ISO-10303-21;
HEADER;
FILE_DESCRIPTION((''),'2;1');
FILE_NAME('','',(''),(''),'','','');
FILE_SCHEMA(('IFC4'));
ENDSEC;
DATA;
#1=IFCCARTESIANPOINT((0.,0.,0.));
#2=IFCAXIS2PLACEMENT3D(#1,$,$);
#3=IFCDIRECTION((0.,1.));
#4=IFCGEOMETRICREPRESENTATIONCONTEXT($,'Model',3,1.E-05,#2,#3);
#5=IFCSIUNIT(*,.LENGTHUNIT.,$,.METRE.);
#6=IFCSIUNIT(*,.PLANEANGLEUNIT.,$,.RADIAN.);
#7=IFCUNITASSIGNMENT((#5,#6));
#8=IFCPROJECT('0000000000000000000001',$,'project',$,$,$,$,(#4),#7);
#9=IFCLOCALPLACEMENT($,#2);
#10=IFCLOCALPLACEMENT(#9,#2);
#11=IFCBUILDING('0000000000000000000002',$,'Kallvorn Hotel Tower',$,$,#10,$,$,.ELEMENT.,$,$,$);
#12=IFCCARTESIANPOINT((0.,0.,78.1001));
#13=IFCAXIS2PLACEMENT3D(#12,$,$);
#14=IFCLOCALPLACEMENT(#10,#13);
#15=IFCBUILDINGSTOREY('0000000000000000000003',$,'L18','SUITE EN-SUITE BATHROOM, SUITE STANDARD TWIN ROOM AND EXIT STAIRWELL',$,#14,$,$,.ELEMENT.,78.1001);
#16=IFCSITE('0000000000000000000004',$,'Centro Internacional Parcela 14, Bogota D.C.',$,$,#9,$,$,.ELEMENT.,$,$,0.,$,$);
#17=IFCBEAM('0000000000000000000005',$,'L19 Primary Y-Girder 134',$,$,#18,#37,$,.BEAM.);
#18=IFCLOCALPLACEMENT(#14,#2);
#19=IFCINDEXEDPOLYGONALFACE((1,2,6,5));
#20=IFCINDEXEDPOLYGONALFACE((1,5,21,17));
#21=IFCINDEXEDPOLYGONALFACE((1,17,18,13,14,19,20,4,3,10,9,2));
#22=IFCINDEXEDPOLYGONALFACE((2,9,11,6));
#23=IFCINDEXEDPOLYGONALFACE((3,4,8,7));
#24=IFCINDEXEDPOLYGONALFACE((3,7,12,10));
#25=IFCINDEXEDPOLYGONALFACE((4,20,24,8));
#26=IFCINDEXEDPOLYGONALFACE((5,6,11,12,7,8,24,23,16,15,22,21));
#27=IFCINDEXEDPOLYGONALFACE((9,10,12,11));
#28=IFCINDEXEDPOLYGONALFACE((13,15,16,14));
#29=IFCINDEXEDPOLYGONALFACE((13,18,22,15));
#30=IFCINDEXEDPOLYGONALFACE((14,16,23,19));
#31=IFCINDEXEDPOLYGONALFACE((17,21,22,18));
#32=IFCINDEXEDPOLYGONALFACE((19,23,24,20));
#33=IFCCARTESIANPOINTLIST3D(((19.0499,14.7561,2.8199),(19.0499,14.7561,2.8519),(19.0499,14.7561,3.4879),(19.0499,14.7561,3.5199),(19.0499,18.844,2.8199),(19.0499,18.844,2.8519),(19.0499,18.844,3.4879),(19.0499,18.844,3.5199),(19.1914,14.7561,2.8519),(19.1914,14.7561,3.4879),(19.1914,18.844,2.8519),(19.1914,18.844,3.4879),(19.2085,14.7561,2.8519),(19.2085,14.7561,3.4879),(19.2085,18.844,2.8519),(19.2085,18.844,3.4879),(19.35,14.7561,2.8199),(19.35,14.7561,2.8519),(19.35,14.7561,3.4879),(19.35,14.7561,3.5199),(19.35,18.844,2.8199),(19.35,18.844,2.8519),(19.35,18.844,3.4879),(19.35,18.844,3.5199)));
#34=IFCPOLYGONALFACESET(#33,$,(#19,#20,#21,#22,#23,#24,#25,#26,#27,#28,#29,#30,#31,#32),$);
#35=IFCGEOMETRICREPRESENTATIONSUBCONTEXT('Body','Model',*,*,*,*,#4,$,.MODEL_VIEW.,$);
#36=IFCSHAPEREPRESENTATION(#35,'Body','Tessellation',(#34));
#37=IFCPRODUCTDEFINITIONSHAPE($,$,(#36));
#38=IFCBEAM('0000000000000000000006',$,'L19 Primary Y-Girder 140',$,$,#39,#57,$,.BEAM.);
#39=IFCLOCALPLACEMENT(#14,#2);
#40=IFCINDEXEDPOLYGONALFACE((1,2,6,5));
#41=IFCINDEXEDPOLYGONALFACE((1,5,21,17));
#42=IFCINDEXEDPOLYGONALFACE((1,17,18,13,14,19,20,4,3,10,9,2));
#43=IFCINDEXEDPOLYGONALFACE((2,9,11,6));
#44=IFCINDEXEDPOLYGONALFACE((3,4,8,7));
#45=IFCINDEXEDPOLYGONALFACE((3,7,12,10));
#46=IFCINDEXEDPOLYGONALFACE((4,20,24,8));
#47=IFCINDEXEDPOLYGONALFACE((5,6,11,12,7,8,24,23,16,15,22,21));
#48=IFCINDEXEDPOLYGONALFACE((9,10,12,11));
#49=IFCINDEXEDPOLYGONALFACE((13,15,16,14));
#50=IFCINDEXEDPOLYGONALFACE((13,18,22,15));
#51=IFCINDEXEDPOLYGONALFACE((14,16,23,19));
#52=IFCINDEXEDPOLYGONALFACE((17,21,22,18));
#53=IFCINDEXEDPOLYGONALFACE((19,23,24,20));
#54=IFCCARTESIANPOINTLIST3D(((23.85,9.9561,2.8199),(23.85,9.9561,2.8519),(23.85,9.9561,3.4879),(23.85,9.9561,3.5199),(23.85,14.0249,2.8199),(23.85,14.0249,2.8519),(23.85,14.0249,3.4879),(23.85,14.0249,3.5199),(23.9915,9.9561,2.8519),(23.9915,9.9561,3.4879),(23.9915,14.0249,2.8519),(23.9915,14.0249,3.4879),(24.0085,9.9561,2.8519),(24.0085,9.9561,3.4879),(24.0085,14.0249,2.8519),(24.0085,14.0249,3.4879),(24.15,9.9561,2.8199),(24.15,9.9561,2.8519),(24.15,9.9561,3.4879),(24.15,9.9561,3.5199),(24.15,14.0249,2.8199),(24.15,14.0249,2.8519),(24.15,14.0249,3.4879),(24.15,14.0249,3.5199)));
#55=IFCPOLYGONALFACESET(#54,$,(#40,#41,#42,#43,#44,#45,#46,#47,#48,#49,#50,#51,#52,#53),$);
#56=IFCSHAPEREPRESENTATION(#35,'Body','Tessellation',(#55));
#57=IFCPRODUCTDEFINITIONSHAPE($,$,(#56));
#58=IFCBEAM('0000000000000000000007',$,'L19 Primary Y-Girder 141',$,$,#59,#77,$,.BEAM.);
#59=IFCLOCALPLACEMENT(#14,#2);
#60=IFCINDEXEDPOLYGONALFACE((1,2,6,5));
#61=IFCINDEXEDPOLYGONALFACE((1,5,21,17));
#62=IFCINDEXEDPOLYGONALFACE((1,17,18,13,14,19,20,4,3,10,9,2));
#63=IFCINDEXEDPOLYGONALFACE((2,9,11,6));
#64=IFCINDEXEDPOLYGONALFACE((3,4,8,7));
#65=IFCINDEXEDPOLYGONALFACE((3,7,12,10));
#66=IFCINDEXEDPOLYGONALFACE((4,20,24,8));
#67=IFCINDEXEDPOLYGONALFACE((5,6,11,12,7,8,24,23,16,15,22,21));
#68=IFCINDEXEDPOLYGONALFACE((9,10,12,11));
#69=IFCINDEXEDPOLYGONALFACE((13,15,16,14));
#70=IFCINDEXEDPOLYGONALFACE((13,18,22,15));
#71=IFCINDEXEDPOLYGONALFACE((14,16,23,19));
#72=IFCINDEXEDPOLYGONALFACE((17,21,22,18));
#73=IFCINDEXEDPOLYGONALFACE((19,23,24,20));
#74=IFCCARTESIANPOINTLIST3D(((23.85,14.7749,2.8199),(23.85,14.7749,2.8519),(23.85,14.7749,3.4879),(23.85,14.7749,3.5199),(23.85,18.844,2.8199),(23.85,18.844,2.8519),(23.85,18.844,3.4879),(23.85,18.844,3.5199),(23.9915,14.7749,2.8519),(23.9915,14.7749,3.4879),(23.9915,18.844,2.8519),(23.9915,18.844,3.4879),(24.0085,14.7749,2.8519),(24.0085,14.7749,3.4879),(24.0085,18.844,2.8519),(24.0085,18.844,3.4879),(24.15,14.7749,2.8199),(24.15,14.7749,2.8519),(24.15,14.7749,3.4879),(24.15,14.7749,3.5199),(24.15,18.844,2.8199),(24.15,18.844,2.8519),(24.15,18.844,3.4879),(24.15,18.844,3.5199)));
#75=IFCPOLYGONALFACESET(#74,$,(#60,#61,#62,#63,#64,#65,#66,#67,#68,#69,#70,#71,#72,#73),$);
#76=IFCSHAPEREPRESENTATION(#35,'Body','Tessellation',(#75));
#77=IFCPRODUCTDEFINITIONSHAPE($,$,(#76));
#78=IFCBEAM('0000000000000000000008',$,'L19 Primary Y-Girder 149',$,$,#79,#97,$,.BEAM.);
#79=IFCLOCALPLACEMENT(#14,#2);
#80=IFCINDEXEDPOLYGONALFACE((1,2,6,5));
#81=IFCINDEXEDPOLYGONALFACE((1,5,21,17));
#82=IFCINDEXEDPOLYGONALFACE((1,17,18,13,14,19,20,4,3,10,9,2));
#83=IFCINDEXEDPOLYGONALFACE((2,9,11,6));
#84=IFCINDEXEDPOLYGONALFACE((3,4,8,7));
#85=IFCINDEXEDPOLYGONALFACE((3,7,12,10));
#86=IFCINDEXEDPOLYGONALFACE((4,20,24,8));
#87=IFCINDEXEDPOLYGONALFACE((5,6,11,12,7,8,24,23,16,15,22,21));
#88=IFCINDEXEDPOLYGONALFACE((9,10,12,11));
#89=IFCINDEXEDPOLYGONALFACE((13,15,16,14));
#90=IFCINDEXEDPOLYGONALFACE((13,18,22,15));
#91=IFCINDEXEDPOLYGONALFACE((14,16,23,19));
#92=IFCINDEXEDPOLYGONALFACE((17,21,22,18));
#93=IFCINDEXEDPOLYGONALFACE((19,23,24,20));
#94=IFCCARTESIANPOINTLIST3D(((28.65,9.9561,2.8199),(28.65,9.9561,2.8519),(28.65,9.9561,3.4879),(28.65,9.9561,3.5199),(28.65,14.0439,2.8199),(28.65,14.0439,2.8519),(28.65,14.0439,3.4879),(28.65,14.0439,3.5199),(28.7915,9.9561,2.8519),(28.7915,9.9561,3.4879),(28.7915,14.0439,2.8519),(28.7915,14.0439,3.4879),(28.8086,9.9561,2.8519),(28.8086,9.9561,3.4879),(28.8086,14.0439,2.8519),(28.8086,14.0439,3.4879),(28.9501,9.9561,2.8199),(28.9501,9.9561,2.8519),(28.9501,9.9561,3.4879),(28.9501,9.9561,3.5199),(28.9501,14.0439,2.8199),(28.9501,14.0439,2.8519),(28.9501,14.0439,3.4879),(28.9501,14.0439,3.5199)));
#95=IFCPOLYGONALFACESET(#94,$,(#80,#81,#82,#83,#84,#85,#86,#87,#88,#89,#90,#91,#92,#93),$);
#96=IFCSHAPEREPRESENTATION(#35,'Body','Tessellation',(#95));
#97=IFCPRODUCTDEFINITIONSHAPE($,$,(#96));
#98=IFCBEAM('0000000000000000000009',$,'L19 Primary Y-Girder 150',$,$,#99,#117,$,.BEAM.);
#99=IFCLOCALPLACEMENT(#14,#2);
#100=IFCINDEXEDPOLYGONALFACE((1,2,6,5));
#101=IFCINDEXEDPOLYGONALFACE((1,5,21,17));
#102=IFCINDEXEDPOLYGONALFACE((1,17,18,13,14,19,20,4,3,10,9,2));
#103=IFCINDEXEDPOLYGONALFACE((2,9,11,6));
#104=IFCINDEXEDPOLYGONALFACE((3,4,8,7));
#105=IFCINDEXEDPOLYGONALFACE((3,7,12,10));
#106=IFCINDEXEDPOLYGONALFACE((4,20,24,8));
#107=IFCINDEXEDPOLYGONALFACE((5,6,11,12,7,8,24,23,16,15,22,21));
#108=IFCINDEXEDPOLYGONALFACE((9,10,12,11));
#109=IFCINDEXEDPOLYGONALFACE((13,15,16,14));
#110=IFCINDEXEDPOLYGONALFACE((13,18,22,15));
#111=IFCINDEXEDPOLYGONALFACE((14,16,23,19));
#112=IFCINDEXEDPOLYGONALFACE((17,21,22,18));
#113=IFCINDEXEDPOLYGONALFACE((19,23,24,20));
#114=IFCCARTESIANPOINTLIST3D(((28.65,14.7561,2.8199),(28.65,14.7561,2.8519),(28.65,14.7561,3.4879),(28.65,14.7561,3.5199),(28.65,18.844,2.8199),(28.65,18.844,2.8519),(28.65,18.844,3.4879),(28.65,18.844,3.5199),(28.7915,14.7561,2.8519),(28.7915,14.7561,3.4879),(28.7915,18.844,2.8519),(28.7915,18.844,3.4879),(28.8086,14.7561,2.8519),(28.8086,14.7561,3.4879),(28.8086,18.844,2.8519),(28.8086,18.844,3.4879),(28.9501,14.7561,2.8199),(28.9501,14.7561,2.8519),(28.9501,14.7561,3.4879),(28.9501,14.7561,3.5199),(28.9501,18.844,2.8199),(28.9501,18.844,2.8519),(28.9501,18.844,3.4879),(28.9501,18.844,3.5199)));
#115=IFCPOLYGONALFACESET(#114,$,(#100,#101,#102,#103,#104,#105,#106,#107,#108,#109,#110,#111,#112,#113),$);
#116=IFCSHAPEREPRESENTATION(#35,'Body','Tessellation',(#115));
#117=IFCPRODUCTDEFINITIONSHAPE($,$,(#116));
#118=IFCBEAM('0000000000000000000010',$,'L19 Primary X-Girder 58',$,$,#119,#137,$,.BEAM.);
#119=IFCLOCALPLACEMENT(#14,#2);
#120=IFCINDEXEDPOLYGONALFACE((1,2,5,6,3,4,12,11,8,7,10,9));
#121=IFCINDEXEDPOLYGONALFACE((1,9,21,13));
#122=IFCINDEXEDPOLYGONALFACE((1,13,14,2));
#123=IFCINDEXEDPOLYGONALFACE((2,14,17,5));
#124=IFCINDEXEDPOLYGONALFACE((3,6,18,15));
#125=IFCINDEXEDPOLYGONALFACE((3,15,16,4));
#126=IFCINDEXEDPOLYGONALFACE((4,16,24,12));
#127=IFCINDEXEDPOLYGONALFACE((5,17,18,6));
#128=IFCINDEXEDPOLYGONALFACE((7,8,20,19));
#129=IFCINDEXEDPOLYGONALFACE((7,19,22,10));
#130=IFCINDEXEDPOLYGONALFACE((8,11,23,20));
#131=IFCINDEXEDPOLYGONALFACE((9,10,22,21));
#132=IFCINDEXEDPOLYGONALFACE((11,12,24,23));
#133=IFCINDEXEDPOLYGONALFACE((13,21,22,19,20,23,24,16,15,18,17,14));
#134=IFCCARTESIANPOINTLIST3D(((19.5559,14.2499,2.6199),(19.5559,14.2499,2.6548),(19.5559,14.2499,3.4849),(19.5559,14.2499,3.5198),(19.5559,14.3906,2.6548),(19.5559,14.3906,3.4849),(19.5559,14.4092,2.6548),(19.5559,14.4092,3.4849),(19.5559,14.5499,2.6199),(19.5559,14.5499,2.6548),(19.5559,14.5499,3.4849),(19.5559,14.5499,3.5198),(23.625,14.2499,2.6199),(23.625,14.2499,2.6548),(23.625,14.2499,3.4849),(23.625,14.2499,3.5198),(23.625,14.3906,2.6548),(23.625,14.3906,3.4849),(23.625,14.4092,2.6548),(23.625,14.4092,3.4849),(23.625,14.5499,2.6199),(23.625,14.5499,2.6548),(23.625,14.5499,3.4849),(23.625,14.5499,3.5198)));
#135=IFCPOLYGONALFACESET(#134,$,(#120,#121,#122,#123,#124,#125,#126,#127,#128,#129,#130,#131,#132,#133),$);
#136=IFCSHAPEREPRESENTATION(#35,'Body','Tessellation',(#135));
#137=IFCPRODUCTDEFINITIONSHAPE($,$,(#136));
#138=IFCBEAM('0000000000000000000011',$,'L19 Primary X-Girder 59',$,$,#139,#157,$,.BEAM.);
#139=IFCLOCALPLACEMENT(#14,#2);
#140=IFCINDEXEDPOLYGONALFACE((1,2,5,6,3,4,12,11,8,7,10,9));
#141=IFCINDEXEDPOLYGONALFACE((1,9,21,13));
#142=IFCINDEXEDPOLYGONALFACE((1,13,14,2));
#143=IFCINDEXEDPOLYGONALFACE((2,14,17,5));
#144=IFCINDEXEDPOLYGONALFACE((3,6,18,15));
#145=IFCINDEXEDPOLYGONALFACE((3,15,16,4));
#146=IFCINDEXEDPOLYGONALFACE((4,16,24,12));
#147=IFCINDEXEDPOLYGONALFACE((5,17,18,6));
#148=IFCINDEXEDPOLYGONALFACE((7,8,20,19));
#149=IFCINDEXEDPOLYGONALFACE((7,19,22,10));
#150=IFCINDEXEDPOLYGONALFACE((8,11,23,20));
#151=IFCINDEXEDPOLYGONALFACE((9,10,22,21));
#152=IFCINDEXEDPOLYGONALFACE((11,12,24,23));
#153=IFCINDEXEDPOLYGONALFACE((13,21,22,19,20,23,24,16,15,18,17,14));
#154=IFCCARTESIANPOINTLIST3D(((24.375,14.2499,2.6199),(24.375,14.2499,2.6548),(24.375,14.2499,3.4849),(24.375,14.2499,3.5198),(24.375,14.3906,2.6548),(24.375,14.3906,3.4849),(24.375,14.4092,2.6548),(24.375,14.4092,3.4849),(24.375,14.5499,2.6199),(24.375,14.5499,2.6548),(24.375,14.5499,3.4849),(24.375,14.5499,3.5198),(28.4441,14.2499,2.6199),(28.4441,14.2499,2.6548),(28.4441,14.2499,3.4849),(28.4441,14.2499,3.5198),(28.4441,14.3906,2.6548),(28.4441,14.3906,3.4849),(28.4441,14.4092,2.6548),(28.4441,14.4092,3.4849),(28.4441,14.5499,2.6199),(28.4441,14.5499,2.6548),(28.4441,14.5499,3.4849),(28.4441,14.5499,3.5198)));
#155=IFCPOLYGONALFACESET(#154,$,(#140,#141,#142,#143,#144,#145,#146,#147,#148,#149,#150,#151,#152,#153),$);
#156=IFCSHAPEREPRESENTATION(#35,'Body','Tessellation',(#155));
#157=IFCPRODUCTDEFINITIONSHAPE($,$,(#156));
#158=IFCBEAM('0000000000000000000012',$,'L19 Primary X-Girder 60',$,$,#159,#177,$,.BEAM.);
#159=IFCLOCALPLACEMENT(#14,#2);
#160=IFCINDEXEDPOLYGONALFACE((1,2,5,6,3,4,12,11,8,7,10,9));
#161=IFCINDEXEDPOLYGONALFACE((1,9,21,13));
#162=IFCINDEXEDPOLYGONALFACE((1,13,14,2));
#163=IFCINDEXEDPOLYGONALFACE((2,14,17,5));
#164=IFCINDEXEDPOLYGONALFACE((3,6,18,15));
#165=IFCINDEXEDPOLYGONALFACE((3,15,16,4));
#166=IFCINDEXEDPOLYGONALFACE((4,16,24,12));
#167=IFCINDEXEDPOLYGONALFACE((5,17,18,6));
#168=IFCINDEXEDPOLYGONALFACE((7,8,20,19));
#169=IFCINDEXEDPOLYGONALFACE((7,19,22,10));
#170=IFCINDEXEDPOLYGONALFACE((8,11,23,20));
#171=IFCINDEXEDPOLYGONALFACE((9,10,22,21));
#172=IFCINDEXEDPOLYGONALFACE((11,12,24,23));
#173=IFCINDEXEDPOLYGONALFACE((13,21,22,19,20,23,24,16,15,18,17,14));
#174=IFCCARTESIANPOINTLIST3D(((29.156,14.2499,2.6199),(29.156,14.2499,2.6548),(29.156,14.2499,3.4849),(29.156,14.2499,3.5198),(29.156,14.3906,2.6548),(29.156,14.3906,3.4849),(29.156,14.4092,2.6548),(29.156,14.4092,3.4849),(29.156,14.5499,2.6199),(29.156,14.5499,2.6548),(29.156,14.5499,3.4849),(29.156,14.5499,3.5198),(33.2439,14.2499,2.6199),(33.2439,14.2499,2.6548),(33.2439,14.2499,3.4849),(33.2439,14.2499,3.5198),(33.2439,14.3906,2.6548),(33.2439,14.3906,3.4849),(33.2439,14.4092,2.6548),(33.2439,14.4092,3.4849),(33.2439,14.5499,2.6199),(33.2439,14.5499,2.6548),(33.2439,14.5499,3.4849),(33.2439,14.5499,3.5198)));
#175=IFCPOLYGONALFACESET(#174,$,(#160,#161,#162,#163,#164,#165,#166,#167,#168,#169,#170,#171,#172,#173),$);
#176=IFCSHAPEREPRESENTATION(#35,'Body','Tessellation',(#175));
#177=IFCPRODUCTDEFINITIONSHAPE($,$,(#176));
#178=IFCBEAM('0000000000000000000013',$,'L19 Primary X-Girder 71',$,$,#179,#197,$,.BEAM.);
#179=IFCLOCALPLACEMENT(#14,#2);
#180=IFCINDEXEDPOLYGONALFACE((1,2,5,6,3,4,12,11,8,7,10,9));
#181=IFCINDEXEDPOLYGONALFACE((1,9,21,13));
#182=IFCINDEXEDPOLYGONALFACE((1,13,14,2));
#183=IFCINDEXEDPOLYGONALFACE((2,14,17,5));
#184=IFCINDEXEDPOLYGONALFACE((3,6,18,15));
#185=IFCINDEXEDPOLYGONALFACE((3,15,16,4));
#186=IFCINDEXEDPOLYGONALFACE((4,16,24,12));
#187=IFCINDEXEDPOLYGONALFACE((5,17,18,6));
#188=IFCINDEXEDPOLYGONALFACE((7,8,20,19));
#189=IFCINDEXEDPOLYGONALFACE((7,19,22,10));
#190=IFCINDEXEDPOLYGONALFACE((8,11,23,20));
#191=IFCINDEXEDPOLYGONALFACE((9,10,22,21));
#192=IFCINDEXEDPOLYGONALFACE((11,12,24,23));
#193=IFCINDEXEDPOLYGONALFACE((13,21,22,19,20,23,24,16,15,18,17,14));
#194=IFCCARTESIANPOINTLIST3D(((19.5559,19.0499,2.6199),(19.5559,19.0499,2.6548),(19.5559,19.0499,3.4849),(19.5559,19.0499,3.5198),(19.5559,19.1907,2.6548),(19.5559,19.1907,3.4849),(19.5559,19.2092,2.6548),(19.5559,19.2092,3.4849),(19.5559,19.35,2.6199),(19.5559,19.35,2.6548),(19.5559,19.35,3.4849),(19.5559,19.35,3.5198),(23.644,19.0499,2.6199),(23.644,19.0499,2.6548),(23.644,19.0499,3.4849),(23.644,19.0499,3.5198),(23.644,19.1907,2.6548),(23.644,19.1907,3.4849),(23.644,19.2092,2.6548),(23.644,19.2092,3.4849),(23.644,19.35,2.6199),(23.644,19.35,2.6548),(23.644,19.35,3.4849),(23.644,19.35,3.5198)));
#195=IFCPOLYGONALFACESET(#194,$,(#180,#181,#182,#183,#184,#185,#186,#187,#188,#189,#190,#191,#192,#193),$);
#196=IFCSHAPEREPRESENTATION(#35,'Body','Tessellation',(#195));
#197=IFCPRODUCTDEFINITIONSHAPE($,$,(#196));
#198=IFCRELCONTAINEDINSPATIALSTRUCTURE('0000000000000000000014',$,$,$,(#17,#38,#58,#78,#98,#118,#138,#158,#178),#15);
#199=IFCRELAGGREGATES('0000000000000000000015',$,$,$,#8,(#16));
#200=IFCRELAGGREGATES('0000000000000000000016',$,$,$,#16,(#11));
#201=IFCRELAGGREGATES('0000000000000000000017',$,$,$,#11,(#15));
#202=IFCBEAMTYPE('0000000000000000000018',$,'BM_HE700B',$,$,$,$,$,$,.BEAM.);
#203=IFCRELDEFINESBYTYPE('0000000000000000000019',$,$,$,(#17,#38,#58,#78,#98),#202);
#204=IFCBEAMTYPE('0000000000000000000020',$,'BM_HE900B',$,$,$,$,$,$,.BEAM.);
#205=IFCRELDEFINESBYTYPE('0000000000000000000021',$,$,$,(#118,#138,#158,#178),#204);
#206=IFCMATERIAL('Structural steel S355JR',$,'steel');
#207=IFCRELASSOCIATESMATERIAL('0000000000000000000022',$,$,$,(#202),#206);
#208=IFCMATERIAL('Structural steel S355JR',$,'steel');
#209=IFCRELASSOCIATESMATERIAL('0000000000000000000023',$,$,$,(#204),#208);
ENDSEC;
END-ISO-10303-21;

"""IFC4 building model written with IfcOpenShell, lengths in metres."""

from ifc_helpers import new_model, si_unit, direction, frame, origin, origin_2d, place, context, subcontext, project, spatial, i_section, extrude, material, material_profile, profile_set, type_object, element, save


model = new_model("IFC4")

# Units and contexts
model_context = context("Model", 3, precision=1e-05, world=origin(), true_north=direction((0.0, 1.0)))
body_context = subcontext(model_context, "Body", "Model", "MODEL_VIEW")
ifc_project = project(units=[si_unit("LENGTHUNIT", "METRE"), si_unit("PLANEANGLEUNIT", "RADIAN")], contexts=[model_context])

# Site, building, storey
site_placement = place(None, origin())
site = spatial("IfcSite", under=ifc_project, at=site_placement, Name="Centro Internacional Parcela 14, Bogota D.C.", CompositionType="ELEMENT", RefElevation=0.0)
building_placement = place(site_placement, origin())
building = spatial("IfcBuilding", under=site, at=building_placement, Name="Kallvorn Hotel Tower", CompositionType="ELEMENT")
storey_placement = place(building_placement, frame((0.0, 0.0, 78.1001)))
storey = spatial("IfcBuildingStorey", under=building, at=storey_placement, Name="L18", Description="SUITE EN-SUITE BATHROOM, SUITE STANDARD TWIN ROOM AND EXIT STAIRWELL", CompositionType="ELEMENT", Elevation=78.1001)

# Beams
ifc_material_1 = material(Name="Structural steel S355JR", Category="steel")
ifc_material_profile_1 = material_profile(ifc_material_1, i_section(OverallWidth=0.3, OverallDepth=0.7, WebThickness=0.0171, FlangeThickness=0.032, at=origin_2d()), Name="HE 700 B")
ifc_profile_set_1 = profile_set([ifc_material_profile_1], Name="Structural steel S355JR")
beam_type_1 = type_object("IfcBeamType", Name="BM_HE700B", PredefinedType="BEAM", material=ifc_profile_set_1)
beam_1_placement = place(storey_placement, frame((19.2, 14.7561, 3.1699), z_axis=(0.0, 1.0, 0.0), x_axis=(-1.0, 0.0, 0.0)))
element("IfcBeam", 1, at=beam_1_placement, inside=storey, type_object=beam_type_1, Name="L19 Primary Y-Girder 134", PredefinedType="BEAM", context=body_context, shape_type="SweptSolid", body=[
    extrude(i_section(OverallWidth=0.3, OverallDepth=0.7, WebThickness=0.0171, FlangeThickness=0.032, at=origin_2d()), origin(), (0.0, 0.0, 1.0), 4.0879),
])
beam_2_placement = place(storey_placement, frame((24.0, 9.9561, 3.1699), z_axis=(0.0, 1.0, 0.0), x_axis=(-1.0, 0.0, 0.0)))
element("IfcBeam", 2, at=beam_2_placement, inside=storey, type_object=beam_type_1, Name="L19 Primary Y-Girder 140", PredefinedType="BEAM", context=body_context, shape_type="SweptSolid", body=[
    extrude(i_section(OverallWidth=0.3, OverallDepth=0.7, WebThickness=0.0171, FlangeThickness=0.032, at=origin_2d()), origin(), (0.0, 0.0, 1.0), 4.0688),
])
beam_3_placement = place(storey_placement, frame((24.0, 14.7749, 3.1699), z_axis=(0.0, 1.0, 0.0), x_axis=(-1.0, 0.0, 0.0)))
element("IfcBeam", 3, at=beam_3_placement, inside=storey, type_object=beam_type_1, Name="L19 Primary Y-Girder 141", PredefinedType="BEAM", context=body_context, shape_type="SweptSolid", body=[
    extrude(i_section(OverallWidth=0.3, OverallDepth=0.7, WebThickness=0.0171, FlangeThickness=0.032, at=origin_2d()), origin(), (0.0, 0.0, 1.0), 4.0691),
])
for number, where, z_axis, x_axis, name in (
    (4, (28.8, 9.9561, 3.1699), (0.0, 1.0, 0.0), (-1.0, 0.0, 0.0), "L19 Primary Y-Girder 149"),
    (5, (28.8, 14.7561, 3.1699), (0.0, 1.0, 0.0), (-1.0, 0.0, 0.0), "L19 Primary Y-Girder 150"),
):
    element("IfcBeam", number, at=place(storey_placement, frame(where, z_axis=z_axis, x_axis=x_axis)), inside=storey, type_object=beam_type_1, Name=name, PredefinedType="BEAM", context=body_context, shape_type="SweptSolid", body=[
        extrude(i_section(OverallWidth=0.3, OverallDepth=0.7, WebThickness=0.0171, FlangeThickness=0.032, at=origin_2d()), origin(), (0.0, 0.0, 1.0), 4.0879),
    ])
ifc_material_2 = material(Name="Structural steel S355JR", Category="steel")
ifc_material_profile_2 = material_profile(ifc_material_2, i_section(OverallWidth=0.3, OverallDepth=0.8999, WebThickness=0.0186, FlangeThickness=0.0349, at=origin_2d()), Name="HE 900 B")
ifc_profile_set_2 = profile_set([ifc_material_profile_2], Name="Structural steel S355JR")
beam_type_2 = type_object("IfcBeamType", Name="BM_HE900B", PredefinedType="BEAM", material=ifc_profile_set_2)
for number, where, z_axis, x_axis, name in (
    (6, (19.5559, 14.3999, 3.0698), (1.0, 0.0, 0.0), (0.0, 1.0, 0.0), "L19 Primary X-Girder 58"),
    (7, (24.375, 14.3999, 3.0698), (1.0, 0.0, 0.0), (0.0, 1.0, 0.0), "L19 Primary X-Girder 59"),
):
    element("IfcBeam", number, at=place(storey_placement, frame(where, z_axis=z_axis, x_axis=x_axis)), inside=storey, type_object=beam_type_2, Name=name, PredefinedType="BEAM", context=body_context, shape_type="SweptSolid", body=[
        extrude(i_section(OverallWidth=0.3, OverallDepth=0.8999, WebThickness=0.0186, FlangeThickness=0.0349, at=origin_2d()), origin(), (0.0, 0.0, 1.0), 4.0691),
    ])
beam_4_placement = place(storey_placement, frame((29.156, 14.3999, 3.0698), z_axis=(1.0, 0.0, 0.0), x_axis=(0.0, 1.0, 0.0)))
element("IfcBeam", 8, at=beam_4_placement, inside=storey, type_object=beam_type_2, Name="L19 Primary X-Girder 60", PredefinedType="BEAM", context=body_context, shape_type="SweptSolid", body=[
    extrude(i_section(OverallWidth=0.3, OverallDepth=0.8999, WebThickness=0.0186, FlangeThickness=0.0349, at=origin_2d()), origin(), (0.0, 0.0, 1.0), 4.0879),
])
for number, where, z_axis, x_axis, name in (
    (9, (19.5559, 19.2, 3.0698), (1.0, 0.0, 0.0), (0.0, 1.0, 0.0), "L19 Primary X-Girder 71"),
):
    element("IfcBeam", number, at=place(storey_placement, frame(where, z_axis=z_axis, x_axis=x_axis)), inside=storey, type_object=beam_type_2, Name=name, PredefinedType="BEAM", context=body_context, shape_type="SweptSolid", body=[
        extrude(i_section(OverallWidth=0.3, OverallDepth=0.8999, WebThickness=0.0186, FlangeThickness=0.0349, at=origin_2d()), origin(), (0.0, 0.0, 1.0), 4.0881),
    ])

save(model, "model.ifc")
